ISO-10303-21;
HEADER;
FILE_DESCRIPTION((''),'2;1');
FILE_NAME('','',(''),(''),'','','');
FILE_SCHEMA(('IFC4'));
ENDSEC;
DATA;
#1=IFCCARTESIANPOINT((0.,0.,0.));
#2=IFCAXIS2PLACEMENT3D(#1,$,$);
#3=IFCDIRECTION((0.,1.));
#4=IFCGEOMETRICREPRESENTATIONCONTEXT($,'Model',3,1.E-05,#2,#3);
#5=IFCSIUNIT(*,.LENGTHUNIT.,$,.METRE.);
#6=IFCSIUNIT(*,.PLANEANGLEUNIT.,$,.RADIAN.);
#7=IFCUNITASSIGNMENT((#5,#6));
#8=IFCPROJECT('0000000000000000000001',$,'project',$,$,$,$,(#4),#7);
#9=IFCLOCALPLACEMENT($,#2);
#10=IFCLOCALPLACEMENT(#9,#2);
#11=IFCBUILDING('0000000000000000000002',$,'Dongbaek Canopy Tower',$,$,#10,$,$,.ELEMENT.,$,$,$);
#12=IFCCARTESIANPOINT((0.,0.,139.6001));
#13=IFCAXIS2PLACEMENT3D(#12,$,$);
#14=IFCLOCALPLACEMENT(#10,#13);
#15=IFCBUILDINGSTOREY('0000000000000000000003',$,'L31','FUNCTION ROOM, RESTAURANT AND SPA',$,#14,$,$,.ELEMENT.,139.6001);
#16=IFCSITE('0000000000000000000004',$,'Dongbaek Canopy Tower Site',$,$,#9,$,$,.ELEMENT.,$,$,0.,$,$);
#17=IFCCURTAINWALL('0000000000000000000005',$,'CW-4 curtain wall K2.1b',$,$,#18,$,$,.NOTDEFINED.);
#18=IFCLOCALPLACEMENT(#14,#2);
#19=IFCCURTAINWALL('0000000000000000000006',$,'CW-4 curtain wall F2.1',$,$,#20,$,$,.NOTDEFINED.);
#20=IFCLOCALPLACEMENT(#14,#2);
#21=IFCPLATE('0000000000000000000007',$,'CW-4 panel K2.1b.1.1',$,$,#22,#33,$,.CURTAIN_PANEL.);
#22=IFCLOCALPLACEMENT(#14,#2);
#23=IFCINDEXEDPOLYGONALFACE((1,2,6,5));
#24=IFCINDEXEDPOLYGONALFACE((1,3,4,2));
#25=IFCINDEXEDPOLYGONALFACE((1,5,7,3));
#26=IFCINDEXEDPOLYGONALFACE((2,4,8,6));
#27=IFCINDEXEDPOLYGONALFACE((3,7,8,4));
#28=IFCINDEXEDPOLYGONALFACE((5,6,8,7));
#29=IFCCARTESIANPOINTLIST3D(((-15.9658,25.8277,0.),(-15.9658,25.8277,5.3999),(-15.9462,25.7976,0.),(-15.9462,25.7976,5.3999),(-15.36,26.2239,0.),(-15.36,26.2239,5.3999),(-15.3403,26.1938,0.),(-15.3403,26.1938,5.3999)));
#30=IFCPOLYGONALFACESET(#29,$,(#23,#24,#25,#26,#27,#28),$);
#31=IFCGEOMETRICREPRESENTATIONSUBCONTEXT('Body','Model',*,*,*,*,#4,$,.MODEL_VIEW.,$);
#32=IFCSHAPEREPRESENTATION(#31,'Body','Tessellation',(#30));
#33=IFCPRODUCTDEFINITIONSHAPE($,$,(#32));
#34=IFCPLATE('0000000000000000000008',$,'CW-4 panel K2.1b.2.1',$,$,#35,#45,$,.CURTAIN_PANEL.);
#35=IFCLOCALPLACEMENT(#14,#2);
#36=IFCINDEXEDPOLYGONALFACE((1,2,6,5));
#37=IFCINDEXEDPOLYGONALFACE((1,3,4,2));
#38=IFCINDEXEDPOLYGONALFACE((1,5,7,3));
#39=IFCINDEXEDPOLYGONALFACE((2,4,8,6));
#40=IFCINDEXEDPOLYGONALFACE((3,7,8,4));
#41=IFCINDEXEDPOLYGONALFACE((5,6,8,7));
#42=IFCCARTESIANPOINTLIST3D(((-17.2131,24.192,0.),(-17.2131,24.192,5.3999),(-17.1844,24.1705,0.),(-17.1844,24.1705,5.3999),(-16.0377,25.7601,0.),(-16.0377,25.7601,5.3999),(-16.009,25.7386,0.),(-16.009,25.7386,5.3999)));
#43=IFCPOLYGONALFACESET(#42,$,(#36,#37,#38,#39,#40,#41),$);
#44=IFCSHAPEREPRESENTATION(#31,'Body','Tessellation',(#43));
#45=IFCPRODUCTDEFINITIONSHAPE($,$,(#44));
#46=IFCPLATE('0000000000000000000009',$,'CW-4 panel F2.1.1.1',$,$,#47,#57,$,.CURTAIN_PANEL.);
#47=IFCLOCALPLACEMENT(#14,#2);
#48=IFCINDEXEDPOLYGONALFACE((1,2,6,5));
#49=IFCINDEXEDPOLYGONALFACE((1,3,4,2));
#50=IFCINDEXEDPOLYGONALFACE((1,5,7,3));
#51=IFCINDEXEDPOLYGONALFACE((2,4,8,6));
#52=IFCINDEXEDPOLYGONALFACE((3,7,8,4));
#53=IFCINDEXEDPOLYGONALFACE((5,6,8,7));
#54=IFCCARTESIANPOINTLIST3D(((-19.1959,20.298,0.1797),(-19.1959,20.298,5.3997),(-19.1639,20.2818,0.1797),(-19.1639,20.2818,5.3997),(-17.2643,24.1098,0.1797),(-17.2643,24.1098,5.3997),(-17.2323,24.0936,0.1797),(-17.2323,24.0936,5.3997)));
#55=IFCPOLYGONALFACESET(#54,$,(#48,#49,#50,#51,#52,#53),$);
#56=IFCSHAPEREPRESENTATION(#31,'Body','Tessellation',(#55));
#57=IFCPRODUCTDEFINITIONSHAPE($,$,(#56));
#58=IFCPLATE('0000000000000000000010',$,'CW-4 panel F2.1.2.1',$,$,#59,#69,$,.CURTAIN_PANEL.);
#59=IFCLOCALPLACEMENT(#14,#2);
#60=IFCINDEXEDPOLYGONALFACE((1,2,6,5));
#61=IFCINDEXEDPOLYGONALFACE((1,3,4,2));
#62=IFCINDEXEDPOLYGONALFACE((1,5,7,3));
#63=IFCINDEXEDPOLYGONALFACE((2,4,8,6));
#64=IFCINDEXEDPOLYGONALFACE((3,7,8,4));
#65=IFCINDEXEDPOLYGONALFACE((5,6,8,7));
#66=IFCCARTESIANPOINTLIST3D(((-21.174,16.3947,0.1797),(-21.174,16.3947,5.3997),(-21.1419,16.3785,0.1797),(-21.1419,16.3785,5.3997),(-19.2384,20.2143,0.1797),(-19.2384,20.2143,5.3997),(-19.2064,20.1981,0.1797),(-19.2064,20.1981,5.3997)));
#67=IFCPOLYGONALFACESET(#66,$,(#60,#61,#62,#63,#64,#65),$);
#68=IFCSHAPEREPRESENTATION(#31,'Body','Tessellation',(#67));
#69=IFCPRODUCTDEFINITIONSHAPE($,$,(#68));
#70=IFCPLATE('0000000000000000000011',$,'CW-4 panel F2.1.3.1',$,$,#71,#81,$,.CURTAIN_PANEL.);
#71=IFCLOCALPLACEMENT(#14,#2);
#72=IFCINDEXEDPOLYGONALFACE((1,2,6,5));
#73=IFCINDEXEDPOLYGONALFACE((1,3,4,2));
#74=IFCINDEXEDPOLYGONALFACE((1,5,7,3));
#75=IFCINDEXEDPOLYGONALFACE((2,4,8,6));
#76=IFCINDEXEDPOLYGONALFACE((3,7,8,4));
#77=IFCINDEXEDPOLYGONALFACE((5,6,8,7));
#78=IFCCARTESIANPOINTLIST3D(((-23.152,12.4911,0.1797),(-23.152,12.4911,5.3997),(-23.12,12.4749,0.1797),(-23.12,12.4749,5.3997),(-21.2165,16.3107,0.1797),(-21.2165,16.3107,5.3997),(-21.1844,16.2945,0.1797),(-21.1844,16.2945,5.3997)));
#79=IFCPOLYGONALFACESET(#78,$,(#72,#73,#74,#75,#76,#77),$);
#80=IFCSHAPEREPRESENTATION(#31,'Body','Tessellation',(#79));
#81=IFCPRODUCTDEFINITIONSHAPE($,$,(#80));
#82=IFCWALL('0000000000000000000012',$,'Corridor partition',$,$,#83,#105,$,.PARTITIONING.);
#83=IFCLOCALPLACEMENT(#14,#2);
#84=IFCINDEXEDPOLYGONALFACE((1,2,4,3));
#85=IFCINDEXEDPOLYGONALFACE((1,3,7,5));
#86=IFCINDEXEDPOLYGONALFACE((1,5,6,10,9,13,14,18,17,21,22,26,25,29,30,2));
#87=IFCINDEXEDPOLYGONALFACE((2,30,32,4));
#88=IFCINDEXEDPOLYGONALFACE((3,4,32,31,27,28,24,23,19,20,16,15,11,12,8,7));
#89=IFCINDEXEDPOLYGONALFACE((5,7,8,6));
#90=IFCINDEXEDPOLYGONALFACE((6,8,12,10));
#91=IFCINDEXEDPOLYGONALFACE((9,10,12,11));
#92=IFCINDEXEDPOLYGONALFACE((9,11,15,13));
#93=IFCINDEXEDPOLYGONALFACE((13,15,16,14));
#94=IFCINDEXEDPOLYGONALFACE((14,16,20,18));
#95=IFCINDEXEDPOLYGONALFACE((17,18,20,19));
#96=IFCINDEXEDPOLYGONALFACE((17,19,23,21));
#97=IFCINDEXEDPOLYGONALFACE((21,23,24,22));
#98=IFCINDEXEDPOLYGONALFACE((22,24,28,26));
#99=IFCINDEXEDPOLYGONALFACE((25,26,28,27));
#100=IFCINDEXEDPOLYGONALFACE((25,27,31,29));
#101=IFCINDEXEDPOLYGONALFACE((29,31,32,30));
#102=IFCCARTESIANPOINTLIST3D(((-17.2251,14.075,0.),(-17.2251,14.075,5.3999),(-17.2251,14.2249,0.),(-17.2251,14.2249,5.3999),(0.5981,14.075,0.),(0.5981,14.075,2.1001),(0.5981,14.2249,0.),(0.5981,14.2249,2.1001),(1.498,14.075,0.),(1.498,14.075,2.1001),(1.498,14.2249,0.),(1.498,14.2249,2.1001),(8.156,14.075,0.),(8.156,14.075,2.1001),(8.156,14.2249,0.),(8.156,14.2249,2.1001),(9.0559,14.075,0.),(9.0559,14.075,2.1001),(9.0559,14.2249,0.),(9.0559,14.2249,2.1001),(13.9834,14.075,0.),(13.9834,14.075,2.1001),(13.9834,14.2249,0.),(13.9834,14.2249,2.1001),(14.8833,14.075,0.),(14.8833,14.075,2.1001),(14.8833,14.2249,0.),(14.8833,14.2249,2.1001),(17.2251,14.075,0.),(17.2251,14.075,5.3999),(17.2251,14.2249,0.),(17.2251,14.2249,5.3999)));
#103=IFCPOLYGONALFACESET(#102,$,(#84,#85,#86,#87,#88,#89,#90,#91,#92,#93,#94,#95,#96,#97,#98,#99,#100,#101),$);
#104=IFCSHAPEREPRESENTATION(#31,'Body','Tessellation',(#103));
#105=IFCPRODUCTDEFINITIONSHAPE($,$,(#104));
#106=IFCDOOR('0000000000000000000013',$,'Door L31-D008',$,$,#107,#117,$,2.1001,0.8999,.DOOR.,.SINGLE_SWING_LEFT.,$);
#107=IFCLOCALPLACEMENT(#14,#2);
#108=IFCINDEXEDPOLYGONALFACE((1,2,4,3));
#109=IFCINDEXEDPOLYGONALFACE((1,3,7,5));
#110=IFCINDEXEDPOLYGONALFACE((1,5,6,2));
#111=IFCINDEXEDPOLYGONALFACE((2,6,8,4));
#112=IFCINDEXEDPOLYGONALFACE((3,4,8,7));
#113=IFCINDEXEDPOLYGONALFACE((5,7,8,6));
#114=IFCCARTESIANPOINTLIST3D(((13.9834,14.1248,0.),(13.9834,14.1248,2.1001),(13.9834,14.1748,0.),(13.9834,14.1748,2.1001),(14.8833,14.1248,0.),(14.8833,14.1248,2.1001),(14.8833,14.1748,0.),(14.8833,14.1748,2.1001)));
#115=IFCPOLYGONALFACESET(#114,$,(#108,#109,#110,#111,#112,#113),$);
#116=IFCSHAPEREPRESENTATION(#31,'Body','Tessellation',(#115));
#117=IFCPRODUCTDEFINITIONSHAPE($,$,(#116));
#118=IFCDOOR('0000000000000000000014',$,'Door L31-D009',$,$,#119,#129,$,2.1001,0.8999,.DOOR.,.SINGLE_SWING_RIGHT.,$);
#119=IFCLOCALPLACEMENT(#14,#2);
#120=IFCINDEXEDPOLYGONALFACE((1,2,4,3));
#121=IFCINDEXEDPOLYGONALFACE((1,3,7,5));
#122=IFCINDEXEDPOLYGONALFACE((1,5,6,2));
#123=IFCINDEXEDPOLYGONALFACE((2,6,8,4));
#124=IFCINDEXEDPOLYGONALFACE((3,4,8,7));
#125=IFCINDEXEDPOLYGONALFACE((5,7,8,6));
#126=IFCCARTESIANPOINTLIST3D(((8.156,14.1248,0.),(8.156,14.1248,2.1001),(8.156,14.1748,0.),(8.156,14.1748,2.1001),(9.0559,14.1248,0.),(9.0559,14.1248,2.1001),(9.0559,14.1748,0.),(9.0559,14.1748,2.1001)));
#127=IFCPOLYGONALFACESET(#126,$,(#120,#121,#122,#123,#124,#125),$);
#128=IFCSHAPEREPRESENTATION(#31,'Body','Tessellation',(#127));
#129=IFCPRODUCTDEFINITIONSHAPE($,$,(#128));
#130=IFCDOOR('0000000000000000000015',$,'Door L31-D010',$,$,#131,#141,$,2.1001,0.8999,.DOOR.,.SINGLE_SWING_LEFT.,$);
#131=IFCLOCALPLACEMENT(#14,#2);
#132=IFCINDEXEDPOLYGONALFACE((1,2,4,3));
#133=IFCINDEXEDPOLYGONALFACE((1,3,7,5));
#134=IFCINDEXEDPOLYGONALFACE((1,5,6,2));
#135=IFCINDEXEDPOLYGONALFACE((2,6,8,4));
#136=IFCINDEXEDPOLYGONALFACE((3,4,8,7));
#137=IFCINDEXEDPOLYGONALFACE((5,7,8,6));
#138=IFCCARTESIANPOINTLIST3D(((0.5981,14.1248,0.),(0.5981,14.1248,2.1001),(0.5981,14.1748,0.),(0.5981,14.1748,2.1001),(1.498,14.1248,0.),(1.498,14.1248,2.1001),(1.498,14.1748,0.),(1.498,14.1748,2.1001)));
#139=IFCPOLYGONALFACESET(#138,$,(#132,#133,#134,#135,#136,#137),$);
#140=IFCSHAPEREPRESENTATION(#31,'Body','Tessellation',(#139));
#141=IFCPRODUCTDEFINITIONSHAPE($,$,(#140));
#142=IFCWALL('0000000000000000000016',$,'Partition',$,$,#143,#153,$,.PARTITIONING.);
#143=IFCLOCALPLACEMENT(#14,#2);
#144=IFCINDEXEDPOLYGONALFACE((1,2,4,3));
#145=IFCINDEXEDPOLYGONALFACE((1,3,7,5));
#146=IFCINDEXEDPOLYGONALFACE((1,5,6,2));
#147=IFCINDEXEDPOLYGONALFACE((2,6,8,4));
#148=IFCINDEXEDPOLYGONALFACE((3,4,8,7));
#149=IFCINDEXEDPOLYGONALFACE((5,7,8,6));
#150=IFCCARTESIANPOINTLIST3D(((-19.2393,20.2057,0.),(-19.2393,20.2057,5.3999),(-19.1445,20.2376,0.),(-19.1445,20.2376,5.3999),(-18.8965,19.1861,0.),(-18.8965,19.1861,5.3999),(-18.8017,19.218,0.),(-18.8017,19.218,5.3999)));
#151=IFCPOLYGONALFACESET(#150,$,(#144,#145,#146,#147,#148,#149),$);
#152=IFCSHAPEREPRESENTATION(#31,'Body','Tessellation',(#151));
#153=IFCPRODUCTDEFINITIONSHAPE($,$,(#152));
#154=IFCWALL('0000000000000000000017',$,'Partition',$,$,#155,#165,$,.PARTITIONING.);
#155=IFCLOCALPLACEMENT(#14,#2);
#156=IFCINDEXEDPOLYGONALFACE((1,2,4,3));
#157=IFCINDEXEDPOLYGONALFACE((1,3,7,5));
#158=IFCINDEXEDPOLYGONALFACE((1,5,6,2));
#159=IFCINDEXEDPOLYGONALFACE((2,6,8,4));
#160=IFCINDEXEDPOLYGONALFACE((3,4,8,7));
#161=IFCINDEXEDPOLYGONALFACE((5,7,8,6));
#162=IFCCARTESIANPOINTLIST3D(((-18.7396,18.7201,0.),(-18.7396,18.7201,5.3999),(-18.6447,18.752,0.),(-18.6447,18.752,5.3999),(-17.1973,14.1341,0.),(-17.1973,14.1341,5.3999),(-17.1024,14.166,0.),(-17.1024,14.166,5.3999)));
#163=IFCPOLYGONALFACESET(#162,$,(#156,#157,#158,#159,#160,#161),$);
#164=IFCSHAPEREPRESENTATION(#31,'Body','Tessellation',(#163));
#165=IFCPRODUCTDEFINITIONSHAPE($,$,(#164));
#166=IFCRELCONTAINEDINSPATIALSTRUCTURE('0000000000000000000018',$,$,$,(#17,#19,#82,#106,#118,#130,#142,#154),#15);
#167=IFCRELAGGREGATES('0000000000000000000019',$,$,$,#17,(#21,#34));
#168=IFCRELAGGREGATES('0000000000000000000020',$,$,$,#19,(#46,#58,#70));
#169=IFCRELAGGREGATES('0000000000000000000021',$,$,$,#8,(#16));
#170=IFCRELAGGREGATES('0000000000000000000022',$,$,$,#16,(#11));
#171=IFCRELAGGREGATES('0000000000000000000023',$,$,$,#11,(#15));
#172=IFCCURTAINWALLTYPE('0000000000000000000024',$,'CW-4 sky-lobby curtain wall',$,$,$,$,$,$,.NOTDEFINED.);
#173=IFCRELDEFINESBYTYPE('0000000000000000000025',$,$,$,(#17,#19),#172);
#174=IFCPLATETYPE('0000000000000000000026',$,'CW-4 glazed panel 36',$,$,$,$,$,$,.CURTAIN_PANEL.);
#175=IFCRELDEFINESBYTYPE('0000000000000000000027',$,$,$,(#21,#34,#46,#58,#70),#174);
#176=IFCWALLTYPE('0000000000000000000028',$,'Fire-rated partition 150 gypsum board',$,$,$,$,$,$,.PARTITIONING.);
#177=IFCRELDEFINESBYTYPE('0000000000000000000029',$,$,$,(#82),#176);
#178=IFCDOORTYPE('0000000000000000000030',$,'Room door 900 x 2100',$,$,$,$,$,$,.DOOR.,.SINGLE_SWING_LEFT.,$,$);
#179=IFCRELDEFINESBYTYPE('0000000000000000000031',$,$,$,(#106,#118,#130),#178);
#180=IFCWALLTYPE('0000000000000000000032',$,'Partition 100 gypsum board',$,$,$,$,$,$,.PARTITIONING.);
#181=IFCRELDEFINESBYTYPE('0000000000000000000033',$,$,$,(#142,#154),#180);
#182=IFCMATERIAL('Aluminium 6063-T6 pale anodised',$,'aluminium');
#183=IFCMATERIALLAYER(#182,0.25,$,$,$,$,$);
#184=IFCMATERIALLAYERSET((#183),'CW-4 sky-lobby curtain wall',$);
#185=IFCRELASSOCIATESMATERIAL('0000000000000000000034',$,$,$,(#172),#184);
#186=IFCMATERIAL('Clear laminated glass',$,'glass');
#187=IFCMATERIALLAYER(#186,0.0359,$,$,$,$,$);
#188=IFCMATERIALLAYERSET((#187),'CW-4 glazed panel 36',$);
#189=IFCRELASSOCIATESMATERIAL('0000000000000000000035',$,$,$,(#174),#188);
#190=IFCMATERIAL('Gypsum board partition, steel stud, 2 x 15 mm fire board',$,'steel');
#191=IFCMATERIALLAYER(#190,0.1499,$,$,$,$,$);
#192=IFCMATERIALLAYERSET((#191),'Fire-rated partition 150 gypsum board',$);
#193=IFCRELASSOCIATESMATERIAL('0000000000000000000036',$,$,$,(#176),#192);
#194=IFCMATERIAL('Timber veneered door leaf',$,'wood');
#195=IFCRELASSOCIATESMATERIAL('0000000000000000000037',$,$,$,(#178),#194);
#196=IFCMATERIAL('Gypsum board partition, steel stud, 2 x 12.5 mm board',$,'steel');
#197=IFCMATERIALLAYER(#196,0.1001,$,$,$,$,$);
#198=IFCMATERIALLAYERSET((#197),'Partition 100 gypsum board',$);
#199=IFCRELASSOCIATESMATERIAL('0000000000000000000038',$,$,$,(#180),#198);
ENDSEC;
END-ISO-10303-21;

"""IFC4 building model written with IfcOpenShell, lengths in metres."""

from ifc_helpers import new_model, si_unit, direction, frame, frame_2d, origin, origin_2d, place, context, subcontext, project, spatial, rectangle, extrude, material, layer, layer_set, type_object, element, fill, aggregate, save


model = new_model("IFC4")

# Units and contexts
model_context = context("Model", 3, precision=1e-05, world=origin(), true_north=direction((0.0, 1.0)))
body_context = subcontext(model_context, "Body", "Model", "MODEL_VIEW")
ifc_project = project(units=[si_unit("LENGTHUNIT", "METRE"), si_unit("PLANEANGLEUNIT", "RADIAN")], contexts=[model_context])

# Site, building, storey
site_placement = place(None, origin())
site = spatial("IfcSite", under=ifc_project, at=site_placement, Name="Dongbaek Canopy Tower Site", CompositionType="ELEMENT", RefElevation=0.0)
building_placement = place(site_placement, origin())
building = spatial("IfcBuilding", under=site, at=building_placement, Name="Dongbaek Canopy Tower", CompositionType="ELEMENT")
storey_placement = place(building_placement, frame((0.0, 0.0, 139.6001)))
storey = spatial("IfcBuildingStorey", under=building, at=storey_placement, Name="L31", Description="FUNCTION ROOM, RESTAURANT AND SPA", CompositionType="ELEMENT", Elevation=139.6001)

# Curtain walls
ifc_material_1 = material(Name="Aluminium 6063-T6 pale anodised", Category="aluminium")
ifc_layer_1 = layer(ifc_material_1, 0.25)
ifc_layer_set_1 = layer_set([ifc_layer_1], Name="CW-4 sky-lobby curtain wall")
curtain_wall_type = type_object("IfcCurtainWallType", Name="CW-4 sky-lobby curtain wall", PredefinedType="NOTDEFINED", material=ifc_layer_set_1)
curtain_wall_1_placement = place(storey_placement, origin())
curtain_wall_1 = element("IfcCurtainWall", 1, at=curtain_wall_1_placement, inside=storey, type_object=curtain_wall_type, Name="CW-4 curtain wall K2.1b", PredefinedType="NOTDEFINED")
curtain_wall_2_placement = place(storey_placement, origin())
curtain_wall_2 = element("IfcCurtainWall", 2, at=curtain_wall_2_placement, inside=storey, type_object=curtain_wall_type, Name="CW-4 curtain wall F2.1", PredefinedType="NOTDEFINED")

# Plates
ifc_material_2 = material(Name="Clear laminated glass", Category="glass")
ifc_layer_2 = layer(ifc_material_2, 0.0359)
ifc_layer_set_2 = layer_set([ifc_layer_2], Name="CW-4 glazed panel 36")
plate_type = type_object("IfcPlateType", Name="CW-4 glazed panel 36", PredefinedType="CURTAIN_PANEL", material=ifc_layer_set_2)
plate_1_placement = place(storey_placement, frame((-15.6531, 26.0107, 0.0), z_axis=(0.0, 0.0, 1.0), x_axis=(-0.836928, -0.547313, 0.0)))
plate_1 = element("IfcPlate", 3, at=plate_1_placement, type_object=plate_type, Name="CW-4 panel K2.1b.1.1", PredefinedType="CURTAIN_PANEL", context=body_context, shape_type="SweptSolid", body=[
    extrude(rectangle(XDim=0.7239, YDim=0.0359, at=origin_2d()), origin(), (0.0, 0.0, 1.0), 5.3999),
])
plate_2_placement = place(storey_placement, frame((-16.6111, 24.9653, 0.0), z_axis=(0.0, 0.0, 1.0), x_axis=(-0.599783, -0.800163, 0.0)))
plate_2 = element("IfcPlate", 4, at=plate_2_placement, type_object=plate_type, Name="CW-4 panel K2.1b.2.1", PredefinedType="CURTAIN_PANEL", context=body_context, shape_type="SweptSolid", body=[
    extrude(rectangle(XDim=1.9597, YDim=0.0359, at=origin_2d()), origin(), (0.0, 0.0, 1.0), 5.3999),
])
aggregate(curtain_wall_1, [plate_1, plate_2])
plate_3_placement = place(storey_placement, frame((-18.2141, 22.1958, 0.1797), z_axis=(0.0, 0.0, 1.0), x_axis=(-0.452014, -0.892011, 0.0)))
plate_3 = element("IfcPlate", 5, at=plate_3_placement, type_object=plate_type, Name="CW-4 panel F2.1.1.1", PredefinedType="CURTAIN_PANEL", context=body_context, shape_type="SweptSolid", body=[
    extrude(rectangle(XDim=4.2732, YDim=0.0359, at=origin_2d()), origin(), (0.0, 0.0, 1.0), 5.22),
])
plate_4_placement = place(storey_placement, frame((-20.1902, 18.2964, 0.1797), z_axis=(0.0, 0.0, 1.0), x_axis=(-0.452014, -0.892011, 0.0)))
plate_4 = element("IfcPlate", 6, at=plate_4_placement, type_object=plate_type, Name="CW-4 panel F2.1.2.1", PredefinedType="CURTAIN_PANEL", context=body_context, shape_type="SweptSolid", body=[
    extrude(rectangle(XDim=4.282, YDim=0.0359, at=origin_2d()), origin(), (0.0, 0.0, 1.0), 5.22),
])
plate_5_placement = place(storey_placement, frame((-22.1682, 14.3928, 0.1797), z_axis=(0.0, 0.0, 1.0), x_axis=(-0.452014, -0.892011, 0.0)))
plate_5 = element("IfcPlate", 7, at=plate_5_placement, type_object=plate_type, Name="CW-4 panel F2.1.3.1", PredefinedType="CURTAIN_PANEL", context=body_context, shape_type="SweptSolid", body=[
    extrude(rectangle(XDim=4.282, YDim=0.0359, at=origin_2d()), origin(), (0.0, 0.0, 1.0), 5.22),
])
aggregate(curtain_wall_2, [plate_3, plate_4, plate_5])

# Wall, openings, doors
ifc_material_3 = material(Name="Gypsum board partition, steel stud, 2 x 15 mm fire board", Category="steel")
ifc_layer_3 = layer(ifc_material_3, 0.1499)
ifc_layer_set_3 = layer_set([ifc_layer_3], Name="Fire-rated partition 150 gypsum board")
wall_type_1 = type_object("IfcWallType", Name="Fire-rated partition 150 gypsum board", PredefinedType="PARTITIONING", material=ifc_layer_set_3)
wall_1_placement = place(storey_placement, frame((-17.2251, 14.1499, 0.0), z_axis=(0.0, 0.0, 1.0), x_axis=(1.0, 0.0, 0.0)))
wall_1 = element("IfcWall", 8, at=wall_1_placement, inside=storey, type_object=wall_type_1, Name="Corridor partition", PredefinedType="PARTITIONING", context=body_context, shape_type="SweptSolid", body=[
    extrude(rectangle(XDim=34.4502, YDim=0.1499, at=frame_2d((17.2251, 0.0))), origin(), (0.0, 0.0, 1.0), 5.3999),
])
opening_1_placement = place(wall_1_placement, frame((31.2085, 0.0, 0.0)))
opening_1 = element("IfcOpeningElement", 9, at=opening_1_placement, cuts=wall_1, PredefinedType="OPENING", context=body_context, shape_type="SweptSolid", body=[
    extrude(rectangle(XDim=0.8999, YDim=2.1001, at=frame_2d((0.45, 1.05))), frame((0.0, 0.085, 0.0), z_axis=(0.0, -1.0, 0.0), x_axis=(1.0, 0.0, 0.0)), (0.0, 0.0, 1.0), 0.1699),
])
opening_2_placement = place(wall_1_placement, frame((25.3811, 0.0, 0.0)))
opening_2 = element("IfcOpeningElement", 10, at=opening_2_placement, cuts=wall_1, PredefinedType="OPENING", context=body_context, shape_type="SweptSolid", body=[
    extrude(rectangle(XDim=0.8999, YDim=2.1001, at=frame_2d((0.45, 1.05))), frame((0.0, 0.085, 0.0), z_axis=(0.0, -1.0, 0.0), x_axis=(1.0, 0.0, 0.0)), (0.0, 0.0, 1.0), 0.1699),
])
opening_3_placement = place(wall_1_placement, frame((17.8232, 0.0, 0.0)))
opening_3 = element("IfcOpeningElement", 11, at=opening_3_placement, cuts=wall_1, PredefinedType="OPENING", context=body_context, shape_type="SweptSolid", body=[
    extrude(rectangle(XDim=0.8999, YDim=2.1001, at=frame_2d((0.45, 1.05))), frame((0.0, 0.085, 0.0), z_axis=(0.0, -1.0, 0.0), x_axis=(1.0, 0.0, 0.0)), (0.0, 0.0, 1.0), 0.1699),
])
ifc_material_4 = material(Name="Timber veneered door leaf", Category="wood")
door_type = type_object("IfcDoorType", Name="Room door 900 x 2100", OperationType="SINGLE_SWING_LEFT", PredefinedType="DOOR", material=ifc_material_4)
door_1_placement = place(opening_1_placement, origin())
door_1 = element("IfcDoor", 12, at=door_1_placement, inside=storey, type_object=door_type, Name="Door L31-D008", OperationType="SINGLE_SWING_LEFT", OverallHeight=2.1001, OverallWidth=0.8999, PredefinedType="DOOR", context=body_context, shape_type="SweptSolid", body=[
    extrude(rectangle(XDim=0.8999, YDim=2.1001, at=frame_2d((0.45, 1.05))), frame((0.0, 0.0249, 0.0), z_axis=(0.0, -1.0, 0.0), x_axis=(1.0, 0.0, 0.0)), (0.0, 0.0, 1.0), 0.05),
])
fill(opening_1, door_1)
door_2_placement = place(opening_2_placement, origin())
door_2 = element("IfcDoor", 13, at=door_2_placement, inside=storey, type_object=door_type, Name="Door L31-D009", OperationType="SINGLE_SWING_RIGHT", OverallHeight=2.1001, OverallWidth=0.8999, PredefinedType="DOOR", context=body_context, shape_type="SweptSolid", body=[
    extrude(rectangle(XDim=0.8999, YDim=2.1001, at=frame_2d((0.45, 1.05))), frame((0.0, 0.0249, 0.0), z_axis=(0.0, -1.0, 0.0), x_axis=(1.0, 0.0, 0.0)), (0.0, 0.0, 1.0), 0.05),
])
fill(opening_2, door_2)
door_3_placement = place(opening_3_placement, origin())
door_3 = element("IfcDoor", 14, at=door_3_placement, inside=storey, type_object=door_type, Name="Door L31-D010", OperationType="SINGLE_SWING_LEFT", OverallHeight=2.1001, OverallWidth=0.8999, PredefinedType="DOOR", context=body_context, shape_type="SweptSolid", body=[
    extrude(rectangle(XDim=0.8999, YDim=2.1001, at=frame_2d((0.45, 1.05))), frame((0.0, 0.0249, 0.0), z_axis=(0.0, -1.0, 0.0), x_axis=(1.0, 0.0, 0.0)), (0.0, 0.0, 1.0), 0.05),
])
fill(opening_3, door_3)

# Walls
ifc_material_5 = material(Name="Gypsum board partition, steel stud, 2 x 12.5 mm board", Category="steel")
ifc_layer_4 = layer(ifc_material_5, 0.1001)
ifc_layer_set_4 = layer_set([ifc_layer_4], Name="Partition 100 gypsum board")
wall_type_2 = type_object("IfcWallType", Name="Partition 100 gypsum board", PredefinedType="PARTITIONING", material=ifc_layer_set_4)
wall_2_placement = place(storey_placement, frame((-19.1919, 20.2217, 0.0), z_axis=(0.0, 0.0, 1.0), x_axis=(0.318678, -0.947863, 0.0)))
element("IfcWall", 15, at=wall_2_placement, inside=storey, type_object=wall_type_2, Name="Partition", PredefinedType="PARTITIONING", context=body_context, shape_type="SweptSolid", body=[
    extrude(rectangle(XDim=1.0757, YDim=0.1001, at=frame_2d((0.5378, 0.0))), origin(), (0.0, 0.0, 1.0), 5.3999),
])
wall_3_placement = place(storey_placement, frame((-18.6921, 18.7361, 0.0), z_axis=(0.0, 0.0, 1.0), x_axis=(0.318755, -0.947837, 0.0)))
element("IfcWall", 16, at=wall_3_placement, inside=storey, type_object=wall_type_2, Name="Partition", PredefinedType="PARTITIONING", context=body_context, shape_type="SweptSolid", body=[
    extrude(rectangle(XDim=4.8384, YDim=0.1001, at=frame_2d((2.4192, 0.0))), origin(), (0.0, 0.0, 1.0), 5.3999),
])

save(model, "model.ifc")
